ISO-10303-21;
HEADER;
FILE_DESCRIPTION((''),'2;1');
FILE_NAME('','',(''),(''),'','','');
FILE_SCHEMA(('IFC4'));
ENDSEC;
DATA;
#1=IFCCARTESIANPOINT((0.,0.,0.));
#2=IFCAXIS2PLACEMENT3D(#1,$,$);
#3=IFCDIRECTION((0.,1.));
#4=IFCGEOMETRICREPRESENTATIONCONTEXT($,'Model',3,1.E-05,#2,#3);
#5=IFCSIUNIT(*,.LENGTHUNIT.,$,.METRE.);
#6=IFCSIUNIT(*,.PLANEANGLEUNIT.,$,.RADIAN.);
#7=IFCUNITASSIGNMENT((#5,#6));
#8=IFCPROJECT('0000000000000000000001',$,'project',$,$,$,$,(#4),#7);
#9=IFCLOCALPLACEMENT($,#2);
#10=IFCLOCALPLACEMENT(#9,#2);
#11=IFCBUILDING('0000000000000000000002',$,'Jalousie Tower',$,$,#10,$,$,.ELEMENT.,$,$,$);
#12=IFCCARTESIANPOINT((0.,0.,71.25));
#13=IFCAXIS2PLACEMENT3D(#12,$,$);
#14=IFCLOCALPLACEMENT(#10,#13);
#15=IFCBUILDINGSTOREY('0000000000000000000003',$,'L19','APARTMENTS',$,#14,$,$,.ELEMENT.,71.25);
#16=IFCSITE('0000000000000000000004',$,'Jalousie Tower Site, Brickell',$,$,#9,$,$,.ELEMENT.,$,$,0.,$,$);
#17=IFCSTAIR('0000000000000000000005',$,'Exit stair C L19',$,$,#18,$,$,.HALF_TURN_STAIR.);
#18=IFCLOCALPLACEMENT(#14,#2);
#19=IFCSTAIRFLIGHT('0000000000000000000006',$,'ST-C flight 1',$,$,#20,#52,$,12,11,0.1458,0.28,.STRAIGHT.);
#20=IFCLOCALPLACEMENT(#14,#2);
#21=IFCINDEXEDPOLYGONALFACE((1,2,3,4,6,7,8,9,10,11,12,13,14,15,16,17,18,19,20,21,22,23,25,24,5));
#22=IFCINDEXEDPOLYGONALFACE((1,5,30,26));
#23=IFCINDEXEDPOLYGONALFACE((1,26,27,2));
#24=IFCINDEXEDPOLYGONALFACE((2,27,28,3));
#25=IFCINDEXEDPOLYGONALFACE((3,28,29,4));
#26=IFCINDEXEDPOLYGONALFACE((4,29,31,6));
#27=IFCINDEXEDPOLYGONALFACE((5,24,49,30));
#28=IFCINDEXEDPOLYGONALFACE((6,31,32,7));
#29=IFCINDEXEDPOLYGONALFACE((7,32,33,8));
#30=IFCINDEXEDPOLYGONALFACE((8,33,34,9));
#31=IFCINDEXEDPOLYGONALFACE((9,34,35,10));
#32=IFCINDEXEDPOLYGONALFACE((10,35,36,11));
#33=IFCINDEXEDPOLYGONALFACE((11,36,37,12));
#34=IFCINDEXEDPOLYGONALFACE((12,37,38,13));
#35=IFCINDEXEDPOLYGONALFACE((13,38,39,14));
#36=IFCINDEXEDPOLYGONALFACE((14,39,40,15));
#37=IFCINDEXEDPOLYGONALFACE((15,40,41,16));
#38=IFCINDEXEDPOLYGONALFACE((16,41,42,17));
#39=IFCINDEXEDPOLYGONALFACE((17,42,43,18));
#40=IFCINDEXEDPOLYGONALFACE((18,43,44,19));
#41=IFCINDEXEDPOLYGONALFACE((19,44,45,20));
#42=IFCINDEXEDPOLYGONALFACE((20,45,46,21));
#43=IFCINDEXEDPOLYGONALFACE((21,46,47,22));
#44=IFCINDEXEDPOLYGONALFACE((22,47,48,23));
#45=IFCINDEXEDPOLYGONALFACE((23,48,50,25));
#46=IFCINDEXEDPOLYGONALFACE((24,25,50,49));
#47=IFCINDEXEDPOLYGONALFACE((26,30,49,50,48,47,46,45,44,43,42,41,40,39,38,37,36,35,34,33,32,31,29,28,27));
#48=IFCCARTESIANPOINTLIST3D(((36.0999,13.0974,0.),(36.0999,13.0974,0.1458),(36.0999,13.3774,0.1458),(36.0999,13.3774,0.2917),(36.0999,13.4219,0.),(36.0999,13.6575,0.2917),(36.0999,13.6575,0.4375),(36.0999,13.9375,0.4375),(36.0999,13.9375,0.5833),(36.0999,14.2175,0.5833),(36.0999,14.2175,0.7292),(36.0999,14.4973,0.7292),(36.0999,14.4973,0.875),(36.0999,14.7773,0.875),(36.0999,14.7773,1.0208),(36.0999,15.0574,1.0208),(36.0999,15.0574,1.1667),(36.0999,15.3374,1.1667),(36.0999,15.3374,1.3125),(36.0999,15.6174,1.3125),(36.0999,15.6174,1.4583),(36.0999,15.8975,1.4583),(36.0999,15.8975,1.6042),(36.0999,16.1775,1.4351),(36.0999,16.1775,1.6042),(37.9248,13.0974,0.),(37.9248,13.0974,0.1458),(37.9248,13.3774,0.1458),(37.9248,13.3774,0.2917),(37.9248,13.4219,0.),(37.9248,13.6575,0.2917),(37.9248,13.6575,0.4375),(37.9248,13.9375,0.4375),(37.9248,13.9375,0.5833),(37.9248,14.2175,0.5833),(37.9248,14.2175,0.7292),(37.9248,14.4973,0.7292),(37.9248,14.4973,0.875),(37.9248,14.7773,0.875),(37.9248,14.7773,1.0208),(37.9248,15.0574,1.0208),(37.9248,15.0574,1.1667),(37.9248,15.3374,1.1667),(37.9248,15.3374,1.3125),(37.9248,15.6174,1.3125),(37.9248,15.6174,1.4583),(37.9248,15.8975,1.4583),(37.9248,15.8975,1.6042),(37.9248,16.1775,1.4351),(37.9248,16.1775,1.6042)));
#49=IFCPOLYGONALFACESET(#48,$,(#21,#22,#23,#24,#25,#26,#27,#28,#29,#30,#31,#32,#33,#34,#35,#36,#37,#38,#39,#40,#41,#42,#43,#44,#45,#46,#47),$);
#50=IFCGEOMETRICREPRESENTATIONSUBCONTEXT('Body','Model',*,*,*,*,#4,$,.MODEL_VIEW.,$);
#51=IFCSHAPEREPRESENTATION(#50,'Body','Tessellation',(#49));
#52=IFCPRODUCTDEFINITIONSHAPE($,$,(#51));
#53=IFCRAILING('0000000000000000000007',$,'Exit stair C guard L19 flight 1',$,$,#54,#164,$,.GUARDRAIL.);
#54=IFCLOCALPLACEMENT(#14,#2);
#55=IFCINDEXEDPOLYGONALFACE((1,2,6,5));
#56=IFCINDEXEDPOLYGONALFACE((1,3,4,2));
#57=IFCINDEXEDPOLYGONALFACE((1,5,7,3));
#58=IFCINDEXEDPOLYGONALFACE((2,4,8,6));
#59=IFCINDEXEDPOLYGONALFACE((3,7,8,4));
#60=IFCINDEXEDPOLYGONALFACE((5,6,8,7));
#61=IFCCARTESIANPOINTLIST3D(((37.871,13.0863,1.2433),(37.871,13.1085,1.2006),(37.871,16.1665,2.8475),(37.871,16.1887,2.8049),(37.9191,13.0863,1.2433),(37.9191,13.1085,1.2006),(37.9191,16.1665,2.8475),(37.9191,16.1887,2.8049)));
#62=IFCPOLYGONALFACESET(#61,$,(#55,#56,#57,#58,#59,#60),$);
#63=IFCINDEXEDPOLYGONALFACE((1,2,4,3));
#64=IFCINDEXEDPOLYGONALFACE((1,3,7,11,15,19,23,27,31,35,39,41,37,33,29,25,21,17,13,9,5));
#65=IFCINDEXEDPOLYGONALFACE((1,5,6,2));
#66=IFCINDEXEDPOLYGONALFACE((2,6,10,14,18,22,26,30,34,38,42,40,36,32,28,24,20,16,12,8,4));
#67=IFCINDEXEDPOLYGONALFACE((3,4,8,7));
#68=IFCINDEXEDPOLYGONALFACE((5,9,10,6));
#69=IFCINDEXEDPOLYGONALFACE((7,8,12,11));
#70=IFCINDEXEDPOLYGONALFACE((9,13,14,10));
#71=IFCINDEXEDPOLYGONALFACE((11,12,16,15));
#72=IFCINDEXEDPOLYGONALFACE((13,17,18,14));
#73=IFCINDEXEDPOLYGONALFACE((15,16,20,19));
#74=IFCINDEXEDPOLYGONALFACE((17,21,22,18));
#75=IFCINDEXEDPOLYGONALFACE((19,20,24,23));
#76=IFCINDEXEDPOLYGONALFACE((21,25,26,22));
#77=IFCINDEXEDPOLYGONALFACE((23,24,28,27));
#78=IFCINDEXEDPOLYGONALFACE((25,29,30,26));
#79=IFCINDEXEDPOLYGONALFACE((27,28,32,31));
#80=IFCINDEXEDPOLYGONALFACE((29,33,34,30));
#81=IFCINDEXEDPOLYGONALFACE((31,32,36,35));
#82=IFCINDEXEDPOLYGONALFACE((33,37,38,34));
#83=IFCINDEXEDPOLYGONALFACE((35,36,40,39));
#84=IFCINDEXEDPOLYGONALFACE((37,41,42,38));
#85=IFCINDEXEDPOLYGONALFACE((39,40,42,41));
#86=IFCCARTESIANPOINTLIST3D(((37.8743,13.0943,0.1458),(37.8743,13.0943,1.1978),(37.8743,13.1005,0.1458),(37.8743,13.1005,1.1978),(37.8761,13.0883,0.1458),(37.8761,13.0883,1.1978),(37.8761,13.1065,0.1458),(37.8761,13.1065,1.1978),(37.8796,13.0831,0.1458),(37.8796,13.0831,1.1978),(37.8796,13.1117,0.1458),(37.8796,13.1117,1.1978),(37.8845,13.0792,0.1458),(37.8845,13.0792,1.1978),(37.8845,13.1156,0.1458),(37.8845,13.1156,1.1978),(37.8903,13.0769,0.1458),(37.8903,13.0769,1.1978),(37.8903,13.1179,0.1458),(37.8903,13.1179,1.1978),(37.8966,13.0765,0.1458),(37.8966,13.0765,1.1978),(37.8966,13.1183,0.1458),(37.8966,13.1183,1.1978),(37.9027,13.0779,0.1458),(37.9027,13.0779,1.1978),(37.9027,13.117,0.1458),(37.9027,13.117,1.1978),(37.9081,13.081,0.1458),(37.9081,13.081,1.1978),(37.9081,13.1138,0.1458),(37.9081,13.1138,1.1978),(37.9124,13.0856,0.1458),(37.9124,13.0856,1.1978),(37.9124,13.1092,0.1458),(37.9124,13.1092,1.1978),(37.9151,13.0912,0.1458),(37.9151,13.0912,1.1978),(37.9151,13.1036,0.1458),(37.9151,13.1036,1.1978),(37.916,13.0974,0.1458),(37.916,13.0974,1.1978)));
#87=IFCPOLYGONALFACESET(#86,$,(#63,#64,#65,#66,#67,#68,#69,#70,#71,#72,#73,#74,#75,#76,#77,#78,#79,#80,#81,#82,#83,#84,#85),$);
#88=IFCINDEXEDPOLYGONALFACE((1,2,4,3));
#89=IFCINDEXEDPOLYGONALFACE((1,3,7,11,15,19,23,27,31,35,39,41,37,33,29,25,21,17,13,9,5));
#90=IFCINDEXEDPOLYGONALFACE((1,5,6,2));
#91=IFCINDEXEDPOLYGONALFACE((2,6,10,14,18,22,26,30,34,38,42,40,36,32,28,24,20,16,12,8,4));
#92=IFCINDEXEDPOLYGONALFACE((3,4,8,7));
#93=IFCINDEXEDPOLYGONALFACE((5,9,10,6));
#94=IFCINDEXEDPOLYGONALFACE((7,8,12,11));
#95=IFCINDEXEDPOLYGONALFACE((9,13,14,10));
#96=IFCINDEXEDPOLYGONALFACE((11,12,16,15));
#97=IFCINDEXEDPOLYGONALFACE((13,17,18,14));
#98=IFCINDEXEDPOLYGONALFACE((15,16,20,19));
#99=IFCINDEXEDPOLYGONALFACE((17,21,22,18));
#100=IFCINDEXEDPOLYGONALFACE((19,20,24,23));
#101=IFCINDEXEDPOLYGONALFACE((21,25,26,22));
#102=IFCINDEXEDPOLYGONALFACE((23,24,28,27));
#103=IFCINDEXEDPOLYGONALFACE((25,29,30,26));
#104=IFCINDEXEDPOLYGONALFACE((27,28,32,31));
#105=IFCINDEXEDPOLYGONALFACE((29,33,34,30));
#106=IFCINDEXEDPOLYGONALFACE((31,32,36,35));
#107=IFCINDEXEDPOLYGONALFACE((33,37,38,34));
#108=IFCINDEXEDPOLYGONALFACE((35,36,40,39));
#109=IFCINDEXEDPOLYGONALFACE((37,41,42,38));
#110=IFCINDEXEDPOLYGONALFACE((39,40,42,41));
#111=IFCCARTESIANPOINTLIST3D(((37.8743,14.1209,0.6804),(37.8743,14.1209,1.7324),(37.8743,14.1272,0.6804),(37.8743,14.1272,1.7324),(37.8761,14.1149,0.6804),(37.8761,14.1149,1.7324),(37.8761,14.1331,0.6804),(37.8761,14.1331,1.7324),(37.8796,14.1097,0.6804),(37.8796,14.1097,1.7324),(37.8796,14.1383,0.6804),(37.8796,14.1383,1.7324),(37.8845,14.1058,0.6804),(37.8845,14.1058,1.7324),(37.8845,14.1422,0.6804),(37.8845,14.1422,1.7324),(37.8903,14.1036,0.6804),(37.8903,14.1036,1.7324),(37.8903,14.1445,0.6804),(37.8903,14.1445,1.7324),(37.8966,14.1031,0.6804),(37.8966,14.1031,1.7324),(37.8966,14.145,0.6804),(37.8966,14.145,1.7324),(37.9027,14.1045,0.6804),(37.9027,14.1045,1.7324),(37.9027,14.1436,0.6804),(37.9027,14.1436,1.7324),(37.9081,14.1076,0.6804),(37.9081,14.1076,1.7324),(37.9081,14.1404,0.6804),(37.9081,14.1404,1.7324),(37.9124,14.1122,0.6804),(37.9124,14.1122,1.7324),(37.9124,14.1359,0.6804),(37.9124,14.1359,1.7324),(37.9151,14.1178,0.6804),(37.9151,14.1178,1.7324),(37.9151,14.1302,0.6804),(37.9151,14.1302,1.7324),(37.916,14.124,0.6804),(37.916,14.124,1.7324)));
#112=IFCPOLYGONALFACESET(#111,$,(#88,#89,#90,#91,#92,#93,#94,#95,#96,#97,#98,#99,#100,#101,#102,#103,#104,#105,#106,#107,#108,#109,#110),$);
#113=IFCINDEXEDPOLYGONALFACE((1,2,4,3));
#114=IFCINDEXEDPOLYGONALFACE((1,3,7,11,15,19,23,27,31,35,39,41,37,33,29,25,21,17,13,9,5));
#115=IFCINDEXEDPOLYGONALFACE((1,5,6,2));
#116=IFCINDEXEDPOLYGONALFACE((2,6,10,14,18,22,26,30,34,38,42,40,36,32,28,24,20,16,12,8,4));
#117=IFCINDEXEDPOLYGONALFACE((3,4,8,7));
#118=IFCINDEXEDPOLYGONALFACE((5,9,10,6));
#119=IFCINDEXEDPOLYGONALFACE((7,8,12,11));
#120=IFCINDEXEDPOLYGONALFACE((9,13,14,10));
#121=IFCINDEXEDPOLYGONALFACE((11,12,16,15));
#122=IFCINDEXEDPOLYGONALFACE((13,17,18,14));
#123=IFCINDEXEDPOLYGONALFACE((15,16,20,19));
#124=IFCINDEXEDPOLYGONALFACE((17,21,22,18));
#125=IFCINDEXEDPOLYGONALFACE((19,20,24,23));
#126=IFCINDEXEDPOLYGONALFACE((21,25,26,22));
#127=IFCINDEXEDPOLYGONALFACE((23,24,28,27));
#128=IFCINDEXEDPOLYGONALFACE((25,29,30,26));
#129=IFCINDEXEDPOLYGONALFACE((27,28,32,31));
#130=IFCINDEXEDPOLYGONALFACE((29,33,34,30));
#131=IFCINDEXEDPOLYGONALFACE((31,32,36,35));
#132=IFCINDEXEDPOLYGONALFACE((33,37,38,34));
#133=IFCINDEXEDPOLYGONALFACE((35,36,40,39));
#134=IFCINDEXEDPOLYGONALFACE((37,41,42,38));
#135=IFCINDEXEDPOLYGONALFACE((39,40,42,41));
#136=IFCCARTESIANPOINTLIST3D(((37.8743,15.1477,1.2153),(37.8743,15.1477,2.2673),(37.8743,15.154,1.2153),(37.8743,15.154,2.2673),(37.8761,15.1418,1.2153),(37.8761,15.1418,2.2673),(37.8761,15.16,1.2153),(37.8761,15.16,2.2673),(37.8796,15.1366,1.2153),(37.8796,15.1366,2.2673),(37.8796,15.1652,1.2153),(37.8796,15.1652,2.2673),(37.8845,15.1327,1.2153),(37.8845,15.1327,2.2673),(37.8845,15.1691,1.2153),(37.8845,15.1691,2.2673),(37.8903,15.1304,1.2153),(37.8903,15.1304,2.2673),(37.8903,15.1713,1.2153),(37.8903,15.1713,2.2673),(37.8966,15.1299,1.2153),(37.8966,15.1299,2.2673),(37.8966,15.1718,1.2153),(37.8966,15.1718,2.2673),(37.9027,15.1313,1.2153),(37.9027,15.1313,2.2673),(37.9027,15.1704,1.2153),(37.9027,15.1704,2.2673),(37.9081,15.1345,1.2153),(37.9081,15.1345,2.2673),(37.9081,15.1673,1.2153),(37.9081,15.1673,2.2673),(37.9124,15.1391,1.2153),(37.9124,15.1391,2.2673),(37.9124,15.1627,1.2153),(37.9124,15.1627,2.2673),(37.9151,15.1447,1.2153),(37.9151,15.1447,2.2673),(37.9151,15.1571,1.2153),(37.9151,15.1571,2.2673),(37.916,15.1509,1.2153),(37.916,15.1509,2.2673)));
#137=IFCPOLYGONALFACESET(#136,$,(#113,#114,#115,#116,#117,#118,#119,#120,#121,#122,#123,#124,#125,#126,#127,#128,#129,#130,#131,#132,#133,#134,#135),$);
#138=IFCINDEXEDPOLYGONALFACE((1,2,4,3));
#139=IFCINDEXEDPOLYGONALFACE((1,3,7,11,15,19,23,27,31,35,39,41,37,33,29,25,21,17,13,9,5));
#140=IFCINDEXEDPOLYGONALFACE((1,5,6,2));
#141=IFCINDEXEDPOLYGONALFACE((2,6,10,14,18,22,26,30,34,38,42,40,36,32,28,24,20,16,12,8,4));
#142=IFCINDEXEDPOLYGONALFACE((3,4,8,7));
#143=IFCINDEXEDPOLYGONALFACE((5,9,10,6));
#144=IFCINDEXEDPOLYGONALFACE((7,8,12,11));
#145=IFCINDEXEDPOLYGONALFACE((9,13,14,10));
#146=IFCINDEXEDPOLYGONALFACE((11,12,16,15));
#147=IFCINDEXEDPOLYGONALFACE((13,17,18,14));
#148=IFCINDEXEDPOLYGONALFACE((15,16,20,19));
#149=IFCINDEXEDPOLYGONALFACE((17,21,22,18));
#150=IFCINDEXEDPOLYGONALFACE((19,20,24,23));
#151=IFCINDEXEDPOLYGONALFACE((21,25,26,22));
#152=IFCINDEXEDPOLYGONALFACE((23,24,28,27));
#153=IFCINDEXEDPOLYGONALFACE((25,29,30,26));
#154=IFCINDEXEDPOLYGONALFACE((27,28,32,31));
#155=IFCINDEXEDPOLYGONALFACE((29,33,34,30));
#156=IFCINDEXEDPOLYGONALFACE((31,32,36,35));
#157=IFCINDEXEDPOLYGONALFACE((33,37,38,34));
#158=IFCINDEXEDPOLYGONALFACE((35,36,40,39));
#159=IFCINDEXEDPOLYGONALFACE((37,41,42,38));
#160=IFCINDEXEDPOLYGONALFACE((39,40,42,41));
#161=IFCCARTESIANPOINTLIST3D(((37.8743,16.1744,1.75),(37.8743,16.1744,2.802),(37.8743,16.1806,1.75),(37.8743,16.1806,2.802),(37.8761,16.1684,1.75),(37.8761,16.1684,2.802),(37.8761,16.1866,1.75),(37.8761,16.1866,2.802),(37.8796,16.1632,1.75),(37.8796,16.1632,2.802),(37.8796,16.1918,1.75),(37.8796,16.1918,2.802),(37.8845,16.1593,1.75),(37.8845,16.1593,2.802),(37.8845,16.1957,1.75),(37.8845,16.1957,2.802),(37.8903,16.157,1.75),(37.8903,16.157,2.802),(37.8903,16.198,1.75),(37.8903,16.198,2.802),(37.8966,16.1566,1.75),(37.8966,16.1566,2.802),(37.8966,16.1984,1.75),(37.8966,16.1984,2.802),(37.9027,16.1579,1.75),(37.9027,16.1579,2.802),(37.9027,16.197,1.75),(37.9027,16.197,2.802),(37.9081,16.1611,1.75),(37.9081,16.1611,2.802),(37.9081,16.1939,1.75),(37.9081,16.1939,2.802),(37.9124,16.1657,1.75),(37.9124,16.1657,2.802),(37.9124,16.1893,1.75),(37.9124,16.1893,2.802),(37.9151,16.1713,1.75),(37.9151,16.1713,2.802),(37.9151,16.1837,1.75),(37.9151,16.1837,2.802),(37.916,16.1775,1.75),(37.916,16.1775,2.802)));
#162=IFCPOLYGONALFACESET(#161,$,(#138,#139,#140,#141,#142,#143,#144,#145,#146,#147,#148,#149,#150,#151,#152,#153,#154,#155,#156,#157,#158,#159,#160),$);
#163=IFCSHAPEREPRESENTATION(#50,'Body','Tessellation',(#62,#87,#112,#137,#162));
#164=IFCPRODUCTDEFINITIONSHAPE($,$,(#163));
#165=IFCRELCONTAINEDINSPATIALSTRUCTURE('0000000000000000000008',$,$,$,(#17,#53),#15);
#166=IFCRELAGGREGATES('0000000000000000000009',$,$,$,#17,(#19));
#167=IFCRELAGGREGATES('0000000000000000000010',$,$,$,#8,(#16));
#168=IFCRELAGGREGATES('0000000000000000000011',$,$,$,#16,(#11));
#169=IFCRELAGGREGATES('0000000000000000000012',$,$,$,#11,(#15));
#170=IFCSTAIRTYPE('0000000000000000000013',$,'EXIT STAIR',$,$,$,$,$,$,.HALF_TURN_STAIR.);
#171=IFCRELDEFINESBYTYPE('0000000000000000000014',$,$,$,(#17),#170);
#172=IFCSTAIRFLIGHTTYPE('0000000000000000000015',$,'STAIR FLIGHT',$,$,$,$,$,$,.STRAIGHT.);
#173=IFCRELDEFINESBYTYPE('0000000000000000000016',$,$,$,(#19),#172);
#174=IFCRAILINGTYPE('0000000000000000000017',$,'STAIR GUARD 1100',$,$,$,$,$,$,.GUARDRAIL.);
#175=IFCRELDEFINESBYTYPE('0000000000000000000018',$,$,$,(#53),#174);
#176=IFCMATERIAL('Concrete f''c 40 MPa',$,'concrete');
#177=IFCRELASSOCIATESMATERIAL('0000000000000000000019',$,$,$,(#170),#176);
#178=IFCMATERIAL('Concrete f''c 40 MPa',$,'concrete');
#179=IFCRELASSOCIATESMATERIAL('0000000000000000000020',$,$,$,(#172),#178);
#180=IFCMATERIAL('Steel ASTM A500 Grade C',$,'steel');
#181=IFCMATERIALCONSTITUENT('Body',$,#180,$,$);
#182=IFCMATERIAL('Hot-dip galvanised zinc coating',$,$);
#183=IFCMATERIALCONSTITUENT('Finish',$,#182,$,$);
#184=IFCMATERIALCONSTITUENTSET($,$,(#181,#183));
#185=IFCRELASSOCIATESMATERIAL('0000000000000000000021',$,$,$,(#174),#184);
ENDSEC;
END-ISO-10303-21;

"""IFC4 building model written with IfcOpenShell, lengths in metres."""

from ifc_helpers import new_model, si_unit, direction, frame, origin, origin_2d, place, context, subcontext, project, spatial, polyline, rectangle, circle, outline, extrude, material, constituent, constituent_set, type_object, element, aggregate, save


model = new_model("IFC4")

# Units and contexts
model_context = context("Model", 3, precision=1e-05, world=origin(), true_north=direction((0.0, 1.0)))
body_context = subcontext(model_context, "Body", "Model", "MODEL_VIEW")
ifc_project = project(units=[si_unit("LENGTHUNIT", "METRE"), si_unit("PLANEANGLEUNIT", "RADIAN")], contexts=[model_context])

# Site, building, storey
site_placement = place(None, origin())
site = spatial("IfcSite", under=ifc_project, at=site_placement, Name="Jalousie Tower Site, Brickell", CompositionType="ELEMENT", RefElevation=0.0)
building_placement = place(site_placement, origin())
building = spatial("IfcBuilding", under=site, at=building_placement, Name="Jalousie Tower", CompositionType="ELEMENT")
storey_placement = place(building_placement, frame((0.0, 0.0, 71.25)))
storey = spatial("IfcBuildingStorey", under=building, at=storey_placement, Name="L19", Description="APARTMENTS", CompositionType="ELEMENT", Elevation=71.25)

# Stair, stair flight
ifc_material_1 = material(Name="Concrete f'c 40 MPa", Category="concrete")
stair_type = type_object("IfcStairType", Name="EXIT STAIR", PredefinedType="HALF_TURN_STAIR", material=ifc_material_1)
stair_placement = place(storey_placement, origin())
stair = element("IfcStair", 1, at=stair_placement, inside=storey, type_object=stair_type, Name="Exit stair C L19", PredefinedType="HALF_TURN_STAIR")
ifc_material_2 = material(Name="Concrete f'c 40 MPa", Category="concrete")
stair_flight_type = type_object("IfcStairFlightType", Name="STAIR FLIGHT", PredefinedType="STRAIGHT", material=ifc_material_2)
stair_flight_placement = place(storey_placement, frame((37.0125, 13.0974, 0.0), z_axis=(0.0, 0.0, 1.0), x_axis=(0.0, 1.0, 0.0)))
stair_flight = element("IfcStairFlight", 2, at=stair_flight_placement, type_object=stair_flight_type, Name="ST-C flight 1", NumberOfRisers=12, NumberOfTreads=11, PredefinedType="STRAIGHT", RiserHeight=0.1458, TreadLength=0.28, context=body_context, shape_type="SweptSolid", body=[
    extrude(outline(polyline([(0.0, 0.0), (0.0, 0.1458), (0.28, 0.1458), (0.28, 0.2917), (0.5601, 0.2917), (0.5601, 0.4375), (0.8401, 0.4375), (0.8401, 0.5833), (1.1201, 0.5833), (1.1201, 0.7292), (1.3999, 0.7292), (1.3999, 0.875), (1.6799, 0.875), (1.6799, 1.0208), (1.96, 1.0208), (1.96, 1.1667), (2.24, 1.1667), (2.24, 1.3125), (2.52, 1.3125), (2.52, 1.4583), (2.8, 1.4583), (2.8, 1.6042), (3.0801, 1.6042), (3.0801, 1.75), (3.0801, 1.4351), (0.3245, 0.0), (0.0, 0.0)])), frame((0.0, 0.9126, 0.0), z_axis=(0.0, -1.0, 0.0), x_axis=(1.0, 0.0, 0.0)), (0.0, 0.0, 1.0), 1.825),
])
aggregate(stair, [stair_flight])

# Railing
ifc_material_3 = material(Name="Steel ASTM A500 Grade C", Category="steel")
ifc_constituent_1 = constituent(ifc_material_3, Name="Body")
ifc_material_4 = material(Name="Hot-dip galvanised zinc coating")
ifc_constituent_2 = constituent(ifc_material_4, Name="Finish")
ifc_constituent_set_1 = constituent_set(constituents=[ifc_constituent_1, ifc_constituent_2])
railing_type_1 = type_object("IfcRailingType", Name="STAIR GUARD 1100", PredefinedType="GUARDRAIL", material=ifc_constituent_set_1)
railing_1_placement = place(storey_placement, frame((37.895, 13.0974, 0.1458)))
element("IfcRailing", 3, at=railing_1_placement, inside=storey, type_object=railing_type_1, Name="Exit stair C guard L19 flight 1", PredefinedType="GUARDRAIL", context=body_context, shape_type="SweptSolid", body=[
    extrude(rectangle(XDim=0.0481, YDim=0.0481, at=origin_2d()), frame((0.0, 0.0, 1.0762), z_axis=(0.0, 0.886909, 0.461944), x_axis=(-1.0, 0.0, 0.0)), (0.0, 0.0, 1.0), 3.4729),
    extrude(circle(Radius=0.021, at=origin_2d()), origin(), (0.0, 0.0, 1.0), 1.052),
    extrude(circle(Radius=0.021, at=origin_2d()), frame((0.0, 1.0266, 0.5347)), (0.0, 0.0, 1.0), 1.052),
    extrude(circle(Radius=0.021, at=origin_2d()), frame((0.0, 2.0535, 1.0696)), (0.0, 0.0, 1.0), 1.052),
    extrude(circle(Radius=0.021, at=origin_2d()), frame((0.0, 3.0801, 1.6042)), (0.0, 0.0, 1.0), 1.052),
])

save(model, "model.ifc")
